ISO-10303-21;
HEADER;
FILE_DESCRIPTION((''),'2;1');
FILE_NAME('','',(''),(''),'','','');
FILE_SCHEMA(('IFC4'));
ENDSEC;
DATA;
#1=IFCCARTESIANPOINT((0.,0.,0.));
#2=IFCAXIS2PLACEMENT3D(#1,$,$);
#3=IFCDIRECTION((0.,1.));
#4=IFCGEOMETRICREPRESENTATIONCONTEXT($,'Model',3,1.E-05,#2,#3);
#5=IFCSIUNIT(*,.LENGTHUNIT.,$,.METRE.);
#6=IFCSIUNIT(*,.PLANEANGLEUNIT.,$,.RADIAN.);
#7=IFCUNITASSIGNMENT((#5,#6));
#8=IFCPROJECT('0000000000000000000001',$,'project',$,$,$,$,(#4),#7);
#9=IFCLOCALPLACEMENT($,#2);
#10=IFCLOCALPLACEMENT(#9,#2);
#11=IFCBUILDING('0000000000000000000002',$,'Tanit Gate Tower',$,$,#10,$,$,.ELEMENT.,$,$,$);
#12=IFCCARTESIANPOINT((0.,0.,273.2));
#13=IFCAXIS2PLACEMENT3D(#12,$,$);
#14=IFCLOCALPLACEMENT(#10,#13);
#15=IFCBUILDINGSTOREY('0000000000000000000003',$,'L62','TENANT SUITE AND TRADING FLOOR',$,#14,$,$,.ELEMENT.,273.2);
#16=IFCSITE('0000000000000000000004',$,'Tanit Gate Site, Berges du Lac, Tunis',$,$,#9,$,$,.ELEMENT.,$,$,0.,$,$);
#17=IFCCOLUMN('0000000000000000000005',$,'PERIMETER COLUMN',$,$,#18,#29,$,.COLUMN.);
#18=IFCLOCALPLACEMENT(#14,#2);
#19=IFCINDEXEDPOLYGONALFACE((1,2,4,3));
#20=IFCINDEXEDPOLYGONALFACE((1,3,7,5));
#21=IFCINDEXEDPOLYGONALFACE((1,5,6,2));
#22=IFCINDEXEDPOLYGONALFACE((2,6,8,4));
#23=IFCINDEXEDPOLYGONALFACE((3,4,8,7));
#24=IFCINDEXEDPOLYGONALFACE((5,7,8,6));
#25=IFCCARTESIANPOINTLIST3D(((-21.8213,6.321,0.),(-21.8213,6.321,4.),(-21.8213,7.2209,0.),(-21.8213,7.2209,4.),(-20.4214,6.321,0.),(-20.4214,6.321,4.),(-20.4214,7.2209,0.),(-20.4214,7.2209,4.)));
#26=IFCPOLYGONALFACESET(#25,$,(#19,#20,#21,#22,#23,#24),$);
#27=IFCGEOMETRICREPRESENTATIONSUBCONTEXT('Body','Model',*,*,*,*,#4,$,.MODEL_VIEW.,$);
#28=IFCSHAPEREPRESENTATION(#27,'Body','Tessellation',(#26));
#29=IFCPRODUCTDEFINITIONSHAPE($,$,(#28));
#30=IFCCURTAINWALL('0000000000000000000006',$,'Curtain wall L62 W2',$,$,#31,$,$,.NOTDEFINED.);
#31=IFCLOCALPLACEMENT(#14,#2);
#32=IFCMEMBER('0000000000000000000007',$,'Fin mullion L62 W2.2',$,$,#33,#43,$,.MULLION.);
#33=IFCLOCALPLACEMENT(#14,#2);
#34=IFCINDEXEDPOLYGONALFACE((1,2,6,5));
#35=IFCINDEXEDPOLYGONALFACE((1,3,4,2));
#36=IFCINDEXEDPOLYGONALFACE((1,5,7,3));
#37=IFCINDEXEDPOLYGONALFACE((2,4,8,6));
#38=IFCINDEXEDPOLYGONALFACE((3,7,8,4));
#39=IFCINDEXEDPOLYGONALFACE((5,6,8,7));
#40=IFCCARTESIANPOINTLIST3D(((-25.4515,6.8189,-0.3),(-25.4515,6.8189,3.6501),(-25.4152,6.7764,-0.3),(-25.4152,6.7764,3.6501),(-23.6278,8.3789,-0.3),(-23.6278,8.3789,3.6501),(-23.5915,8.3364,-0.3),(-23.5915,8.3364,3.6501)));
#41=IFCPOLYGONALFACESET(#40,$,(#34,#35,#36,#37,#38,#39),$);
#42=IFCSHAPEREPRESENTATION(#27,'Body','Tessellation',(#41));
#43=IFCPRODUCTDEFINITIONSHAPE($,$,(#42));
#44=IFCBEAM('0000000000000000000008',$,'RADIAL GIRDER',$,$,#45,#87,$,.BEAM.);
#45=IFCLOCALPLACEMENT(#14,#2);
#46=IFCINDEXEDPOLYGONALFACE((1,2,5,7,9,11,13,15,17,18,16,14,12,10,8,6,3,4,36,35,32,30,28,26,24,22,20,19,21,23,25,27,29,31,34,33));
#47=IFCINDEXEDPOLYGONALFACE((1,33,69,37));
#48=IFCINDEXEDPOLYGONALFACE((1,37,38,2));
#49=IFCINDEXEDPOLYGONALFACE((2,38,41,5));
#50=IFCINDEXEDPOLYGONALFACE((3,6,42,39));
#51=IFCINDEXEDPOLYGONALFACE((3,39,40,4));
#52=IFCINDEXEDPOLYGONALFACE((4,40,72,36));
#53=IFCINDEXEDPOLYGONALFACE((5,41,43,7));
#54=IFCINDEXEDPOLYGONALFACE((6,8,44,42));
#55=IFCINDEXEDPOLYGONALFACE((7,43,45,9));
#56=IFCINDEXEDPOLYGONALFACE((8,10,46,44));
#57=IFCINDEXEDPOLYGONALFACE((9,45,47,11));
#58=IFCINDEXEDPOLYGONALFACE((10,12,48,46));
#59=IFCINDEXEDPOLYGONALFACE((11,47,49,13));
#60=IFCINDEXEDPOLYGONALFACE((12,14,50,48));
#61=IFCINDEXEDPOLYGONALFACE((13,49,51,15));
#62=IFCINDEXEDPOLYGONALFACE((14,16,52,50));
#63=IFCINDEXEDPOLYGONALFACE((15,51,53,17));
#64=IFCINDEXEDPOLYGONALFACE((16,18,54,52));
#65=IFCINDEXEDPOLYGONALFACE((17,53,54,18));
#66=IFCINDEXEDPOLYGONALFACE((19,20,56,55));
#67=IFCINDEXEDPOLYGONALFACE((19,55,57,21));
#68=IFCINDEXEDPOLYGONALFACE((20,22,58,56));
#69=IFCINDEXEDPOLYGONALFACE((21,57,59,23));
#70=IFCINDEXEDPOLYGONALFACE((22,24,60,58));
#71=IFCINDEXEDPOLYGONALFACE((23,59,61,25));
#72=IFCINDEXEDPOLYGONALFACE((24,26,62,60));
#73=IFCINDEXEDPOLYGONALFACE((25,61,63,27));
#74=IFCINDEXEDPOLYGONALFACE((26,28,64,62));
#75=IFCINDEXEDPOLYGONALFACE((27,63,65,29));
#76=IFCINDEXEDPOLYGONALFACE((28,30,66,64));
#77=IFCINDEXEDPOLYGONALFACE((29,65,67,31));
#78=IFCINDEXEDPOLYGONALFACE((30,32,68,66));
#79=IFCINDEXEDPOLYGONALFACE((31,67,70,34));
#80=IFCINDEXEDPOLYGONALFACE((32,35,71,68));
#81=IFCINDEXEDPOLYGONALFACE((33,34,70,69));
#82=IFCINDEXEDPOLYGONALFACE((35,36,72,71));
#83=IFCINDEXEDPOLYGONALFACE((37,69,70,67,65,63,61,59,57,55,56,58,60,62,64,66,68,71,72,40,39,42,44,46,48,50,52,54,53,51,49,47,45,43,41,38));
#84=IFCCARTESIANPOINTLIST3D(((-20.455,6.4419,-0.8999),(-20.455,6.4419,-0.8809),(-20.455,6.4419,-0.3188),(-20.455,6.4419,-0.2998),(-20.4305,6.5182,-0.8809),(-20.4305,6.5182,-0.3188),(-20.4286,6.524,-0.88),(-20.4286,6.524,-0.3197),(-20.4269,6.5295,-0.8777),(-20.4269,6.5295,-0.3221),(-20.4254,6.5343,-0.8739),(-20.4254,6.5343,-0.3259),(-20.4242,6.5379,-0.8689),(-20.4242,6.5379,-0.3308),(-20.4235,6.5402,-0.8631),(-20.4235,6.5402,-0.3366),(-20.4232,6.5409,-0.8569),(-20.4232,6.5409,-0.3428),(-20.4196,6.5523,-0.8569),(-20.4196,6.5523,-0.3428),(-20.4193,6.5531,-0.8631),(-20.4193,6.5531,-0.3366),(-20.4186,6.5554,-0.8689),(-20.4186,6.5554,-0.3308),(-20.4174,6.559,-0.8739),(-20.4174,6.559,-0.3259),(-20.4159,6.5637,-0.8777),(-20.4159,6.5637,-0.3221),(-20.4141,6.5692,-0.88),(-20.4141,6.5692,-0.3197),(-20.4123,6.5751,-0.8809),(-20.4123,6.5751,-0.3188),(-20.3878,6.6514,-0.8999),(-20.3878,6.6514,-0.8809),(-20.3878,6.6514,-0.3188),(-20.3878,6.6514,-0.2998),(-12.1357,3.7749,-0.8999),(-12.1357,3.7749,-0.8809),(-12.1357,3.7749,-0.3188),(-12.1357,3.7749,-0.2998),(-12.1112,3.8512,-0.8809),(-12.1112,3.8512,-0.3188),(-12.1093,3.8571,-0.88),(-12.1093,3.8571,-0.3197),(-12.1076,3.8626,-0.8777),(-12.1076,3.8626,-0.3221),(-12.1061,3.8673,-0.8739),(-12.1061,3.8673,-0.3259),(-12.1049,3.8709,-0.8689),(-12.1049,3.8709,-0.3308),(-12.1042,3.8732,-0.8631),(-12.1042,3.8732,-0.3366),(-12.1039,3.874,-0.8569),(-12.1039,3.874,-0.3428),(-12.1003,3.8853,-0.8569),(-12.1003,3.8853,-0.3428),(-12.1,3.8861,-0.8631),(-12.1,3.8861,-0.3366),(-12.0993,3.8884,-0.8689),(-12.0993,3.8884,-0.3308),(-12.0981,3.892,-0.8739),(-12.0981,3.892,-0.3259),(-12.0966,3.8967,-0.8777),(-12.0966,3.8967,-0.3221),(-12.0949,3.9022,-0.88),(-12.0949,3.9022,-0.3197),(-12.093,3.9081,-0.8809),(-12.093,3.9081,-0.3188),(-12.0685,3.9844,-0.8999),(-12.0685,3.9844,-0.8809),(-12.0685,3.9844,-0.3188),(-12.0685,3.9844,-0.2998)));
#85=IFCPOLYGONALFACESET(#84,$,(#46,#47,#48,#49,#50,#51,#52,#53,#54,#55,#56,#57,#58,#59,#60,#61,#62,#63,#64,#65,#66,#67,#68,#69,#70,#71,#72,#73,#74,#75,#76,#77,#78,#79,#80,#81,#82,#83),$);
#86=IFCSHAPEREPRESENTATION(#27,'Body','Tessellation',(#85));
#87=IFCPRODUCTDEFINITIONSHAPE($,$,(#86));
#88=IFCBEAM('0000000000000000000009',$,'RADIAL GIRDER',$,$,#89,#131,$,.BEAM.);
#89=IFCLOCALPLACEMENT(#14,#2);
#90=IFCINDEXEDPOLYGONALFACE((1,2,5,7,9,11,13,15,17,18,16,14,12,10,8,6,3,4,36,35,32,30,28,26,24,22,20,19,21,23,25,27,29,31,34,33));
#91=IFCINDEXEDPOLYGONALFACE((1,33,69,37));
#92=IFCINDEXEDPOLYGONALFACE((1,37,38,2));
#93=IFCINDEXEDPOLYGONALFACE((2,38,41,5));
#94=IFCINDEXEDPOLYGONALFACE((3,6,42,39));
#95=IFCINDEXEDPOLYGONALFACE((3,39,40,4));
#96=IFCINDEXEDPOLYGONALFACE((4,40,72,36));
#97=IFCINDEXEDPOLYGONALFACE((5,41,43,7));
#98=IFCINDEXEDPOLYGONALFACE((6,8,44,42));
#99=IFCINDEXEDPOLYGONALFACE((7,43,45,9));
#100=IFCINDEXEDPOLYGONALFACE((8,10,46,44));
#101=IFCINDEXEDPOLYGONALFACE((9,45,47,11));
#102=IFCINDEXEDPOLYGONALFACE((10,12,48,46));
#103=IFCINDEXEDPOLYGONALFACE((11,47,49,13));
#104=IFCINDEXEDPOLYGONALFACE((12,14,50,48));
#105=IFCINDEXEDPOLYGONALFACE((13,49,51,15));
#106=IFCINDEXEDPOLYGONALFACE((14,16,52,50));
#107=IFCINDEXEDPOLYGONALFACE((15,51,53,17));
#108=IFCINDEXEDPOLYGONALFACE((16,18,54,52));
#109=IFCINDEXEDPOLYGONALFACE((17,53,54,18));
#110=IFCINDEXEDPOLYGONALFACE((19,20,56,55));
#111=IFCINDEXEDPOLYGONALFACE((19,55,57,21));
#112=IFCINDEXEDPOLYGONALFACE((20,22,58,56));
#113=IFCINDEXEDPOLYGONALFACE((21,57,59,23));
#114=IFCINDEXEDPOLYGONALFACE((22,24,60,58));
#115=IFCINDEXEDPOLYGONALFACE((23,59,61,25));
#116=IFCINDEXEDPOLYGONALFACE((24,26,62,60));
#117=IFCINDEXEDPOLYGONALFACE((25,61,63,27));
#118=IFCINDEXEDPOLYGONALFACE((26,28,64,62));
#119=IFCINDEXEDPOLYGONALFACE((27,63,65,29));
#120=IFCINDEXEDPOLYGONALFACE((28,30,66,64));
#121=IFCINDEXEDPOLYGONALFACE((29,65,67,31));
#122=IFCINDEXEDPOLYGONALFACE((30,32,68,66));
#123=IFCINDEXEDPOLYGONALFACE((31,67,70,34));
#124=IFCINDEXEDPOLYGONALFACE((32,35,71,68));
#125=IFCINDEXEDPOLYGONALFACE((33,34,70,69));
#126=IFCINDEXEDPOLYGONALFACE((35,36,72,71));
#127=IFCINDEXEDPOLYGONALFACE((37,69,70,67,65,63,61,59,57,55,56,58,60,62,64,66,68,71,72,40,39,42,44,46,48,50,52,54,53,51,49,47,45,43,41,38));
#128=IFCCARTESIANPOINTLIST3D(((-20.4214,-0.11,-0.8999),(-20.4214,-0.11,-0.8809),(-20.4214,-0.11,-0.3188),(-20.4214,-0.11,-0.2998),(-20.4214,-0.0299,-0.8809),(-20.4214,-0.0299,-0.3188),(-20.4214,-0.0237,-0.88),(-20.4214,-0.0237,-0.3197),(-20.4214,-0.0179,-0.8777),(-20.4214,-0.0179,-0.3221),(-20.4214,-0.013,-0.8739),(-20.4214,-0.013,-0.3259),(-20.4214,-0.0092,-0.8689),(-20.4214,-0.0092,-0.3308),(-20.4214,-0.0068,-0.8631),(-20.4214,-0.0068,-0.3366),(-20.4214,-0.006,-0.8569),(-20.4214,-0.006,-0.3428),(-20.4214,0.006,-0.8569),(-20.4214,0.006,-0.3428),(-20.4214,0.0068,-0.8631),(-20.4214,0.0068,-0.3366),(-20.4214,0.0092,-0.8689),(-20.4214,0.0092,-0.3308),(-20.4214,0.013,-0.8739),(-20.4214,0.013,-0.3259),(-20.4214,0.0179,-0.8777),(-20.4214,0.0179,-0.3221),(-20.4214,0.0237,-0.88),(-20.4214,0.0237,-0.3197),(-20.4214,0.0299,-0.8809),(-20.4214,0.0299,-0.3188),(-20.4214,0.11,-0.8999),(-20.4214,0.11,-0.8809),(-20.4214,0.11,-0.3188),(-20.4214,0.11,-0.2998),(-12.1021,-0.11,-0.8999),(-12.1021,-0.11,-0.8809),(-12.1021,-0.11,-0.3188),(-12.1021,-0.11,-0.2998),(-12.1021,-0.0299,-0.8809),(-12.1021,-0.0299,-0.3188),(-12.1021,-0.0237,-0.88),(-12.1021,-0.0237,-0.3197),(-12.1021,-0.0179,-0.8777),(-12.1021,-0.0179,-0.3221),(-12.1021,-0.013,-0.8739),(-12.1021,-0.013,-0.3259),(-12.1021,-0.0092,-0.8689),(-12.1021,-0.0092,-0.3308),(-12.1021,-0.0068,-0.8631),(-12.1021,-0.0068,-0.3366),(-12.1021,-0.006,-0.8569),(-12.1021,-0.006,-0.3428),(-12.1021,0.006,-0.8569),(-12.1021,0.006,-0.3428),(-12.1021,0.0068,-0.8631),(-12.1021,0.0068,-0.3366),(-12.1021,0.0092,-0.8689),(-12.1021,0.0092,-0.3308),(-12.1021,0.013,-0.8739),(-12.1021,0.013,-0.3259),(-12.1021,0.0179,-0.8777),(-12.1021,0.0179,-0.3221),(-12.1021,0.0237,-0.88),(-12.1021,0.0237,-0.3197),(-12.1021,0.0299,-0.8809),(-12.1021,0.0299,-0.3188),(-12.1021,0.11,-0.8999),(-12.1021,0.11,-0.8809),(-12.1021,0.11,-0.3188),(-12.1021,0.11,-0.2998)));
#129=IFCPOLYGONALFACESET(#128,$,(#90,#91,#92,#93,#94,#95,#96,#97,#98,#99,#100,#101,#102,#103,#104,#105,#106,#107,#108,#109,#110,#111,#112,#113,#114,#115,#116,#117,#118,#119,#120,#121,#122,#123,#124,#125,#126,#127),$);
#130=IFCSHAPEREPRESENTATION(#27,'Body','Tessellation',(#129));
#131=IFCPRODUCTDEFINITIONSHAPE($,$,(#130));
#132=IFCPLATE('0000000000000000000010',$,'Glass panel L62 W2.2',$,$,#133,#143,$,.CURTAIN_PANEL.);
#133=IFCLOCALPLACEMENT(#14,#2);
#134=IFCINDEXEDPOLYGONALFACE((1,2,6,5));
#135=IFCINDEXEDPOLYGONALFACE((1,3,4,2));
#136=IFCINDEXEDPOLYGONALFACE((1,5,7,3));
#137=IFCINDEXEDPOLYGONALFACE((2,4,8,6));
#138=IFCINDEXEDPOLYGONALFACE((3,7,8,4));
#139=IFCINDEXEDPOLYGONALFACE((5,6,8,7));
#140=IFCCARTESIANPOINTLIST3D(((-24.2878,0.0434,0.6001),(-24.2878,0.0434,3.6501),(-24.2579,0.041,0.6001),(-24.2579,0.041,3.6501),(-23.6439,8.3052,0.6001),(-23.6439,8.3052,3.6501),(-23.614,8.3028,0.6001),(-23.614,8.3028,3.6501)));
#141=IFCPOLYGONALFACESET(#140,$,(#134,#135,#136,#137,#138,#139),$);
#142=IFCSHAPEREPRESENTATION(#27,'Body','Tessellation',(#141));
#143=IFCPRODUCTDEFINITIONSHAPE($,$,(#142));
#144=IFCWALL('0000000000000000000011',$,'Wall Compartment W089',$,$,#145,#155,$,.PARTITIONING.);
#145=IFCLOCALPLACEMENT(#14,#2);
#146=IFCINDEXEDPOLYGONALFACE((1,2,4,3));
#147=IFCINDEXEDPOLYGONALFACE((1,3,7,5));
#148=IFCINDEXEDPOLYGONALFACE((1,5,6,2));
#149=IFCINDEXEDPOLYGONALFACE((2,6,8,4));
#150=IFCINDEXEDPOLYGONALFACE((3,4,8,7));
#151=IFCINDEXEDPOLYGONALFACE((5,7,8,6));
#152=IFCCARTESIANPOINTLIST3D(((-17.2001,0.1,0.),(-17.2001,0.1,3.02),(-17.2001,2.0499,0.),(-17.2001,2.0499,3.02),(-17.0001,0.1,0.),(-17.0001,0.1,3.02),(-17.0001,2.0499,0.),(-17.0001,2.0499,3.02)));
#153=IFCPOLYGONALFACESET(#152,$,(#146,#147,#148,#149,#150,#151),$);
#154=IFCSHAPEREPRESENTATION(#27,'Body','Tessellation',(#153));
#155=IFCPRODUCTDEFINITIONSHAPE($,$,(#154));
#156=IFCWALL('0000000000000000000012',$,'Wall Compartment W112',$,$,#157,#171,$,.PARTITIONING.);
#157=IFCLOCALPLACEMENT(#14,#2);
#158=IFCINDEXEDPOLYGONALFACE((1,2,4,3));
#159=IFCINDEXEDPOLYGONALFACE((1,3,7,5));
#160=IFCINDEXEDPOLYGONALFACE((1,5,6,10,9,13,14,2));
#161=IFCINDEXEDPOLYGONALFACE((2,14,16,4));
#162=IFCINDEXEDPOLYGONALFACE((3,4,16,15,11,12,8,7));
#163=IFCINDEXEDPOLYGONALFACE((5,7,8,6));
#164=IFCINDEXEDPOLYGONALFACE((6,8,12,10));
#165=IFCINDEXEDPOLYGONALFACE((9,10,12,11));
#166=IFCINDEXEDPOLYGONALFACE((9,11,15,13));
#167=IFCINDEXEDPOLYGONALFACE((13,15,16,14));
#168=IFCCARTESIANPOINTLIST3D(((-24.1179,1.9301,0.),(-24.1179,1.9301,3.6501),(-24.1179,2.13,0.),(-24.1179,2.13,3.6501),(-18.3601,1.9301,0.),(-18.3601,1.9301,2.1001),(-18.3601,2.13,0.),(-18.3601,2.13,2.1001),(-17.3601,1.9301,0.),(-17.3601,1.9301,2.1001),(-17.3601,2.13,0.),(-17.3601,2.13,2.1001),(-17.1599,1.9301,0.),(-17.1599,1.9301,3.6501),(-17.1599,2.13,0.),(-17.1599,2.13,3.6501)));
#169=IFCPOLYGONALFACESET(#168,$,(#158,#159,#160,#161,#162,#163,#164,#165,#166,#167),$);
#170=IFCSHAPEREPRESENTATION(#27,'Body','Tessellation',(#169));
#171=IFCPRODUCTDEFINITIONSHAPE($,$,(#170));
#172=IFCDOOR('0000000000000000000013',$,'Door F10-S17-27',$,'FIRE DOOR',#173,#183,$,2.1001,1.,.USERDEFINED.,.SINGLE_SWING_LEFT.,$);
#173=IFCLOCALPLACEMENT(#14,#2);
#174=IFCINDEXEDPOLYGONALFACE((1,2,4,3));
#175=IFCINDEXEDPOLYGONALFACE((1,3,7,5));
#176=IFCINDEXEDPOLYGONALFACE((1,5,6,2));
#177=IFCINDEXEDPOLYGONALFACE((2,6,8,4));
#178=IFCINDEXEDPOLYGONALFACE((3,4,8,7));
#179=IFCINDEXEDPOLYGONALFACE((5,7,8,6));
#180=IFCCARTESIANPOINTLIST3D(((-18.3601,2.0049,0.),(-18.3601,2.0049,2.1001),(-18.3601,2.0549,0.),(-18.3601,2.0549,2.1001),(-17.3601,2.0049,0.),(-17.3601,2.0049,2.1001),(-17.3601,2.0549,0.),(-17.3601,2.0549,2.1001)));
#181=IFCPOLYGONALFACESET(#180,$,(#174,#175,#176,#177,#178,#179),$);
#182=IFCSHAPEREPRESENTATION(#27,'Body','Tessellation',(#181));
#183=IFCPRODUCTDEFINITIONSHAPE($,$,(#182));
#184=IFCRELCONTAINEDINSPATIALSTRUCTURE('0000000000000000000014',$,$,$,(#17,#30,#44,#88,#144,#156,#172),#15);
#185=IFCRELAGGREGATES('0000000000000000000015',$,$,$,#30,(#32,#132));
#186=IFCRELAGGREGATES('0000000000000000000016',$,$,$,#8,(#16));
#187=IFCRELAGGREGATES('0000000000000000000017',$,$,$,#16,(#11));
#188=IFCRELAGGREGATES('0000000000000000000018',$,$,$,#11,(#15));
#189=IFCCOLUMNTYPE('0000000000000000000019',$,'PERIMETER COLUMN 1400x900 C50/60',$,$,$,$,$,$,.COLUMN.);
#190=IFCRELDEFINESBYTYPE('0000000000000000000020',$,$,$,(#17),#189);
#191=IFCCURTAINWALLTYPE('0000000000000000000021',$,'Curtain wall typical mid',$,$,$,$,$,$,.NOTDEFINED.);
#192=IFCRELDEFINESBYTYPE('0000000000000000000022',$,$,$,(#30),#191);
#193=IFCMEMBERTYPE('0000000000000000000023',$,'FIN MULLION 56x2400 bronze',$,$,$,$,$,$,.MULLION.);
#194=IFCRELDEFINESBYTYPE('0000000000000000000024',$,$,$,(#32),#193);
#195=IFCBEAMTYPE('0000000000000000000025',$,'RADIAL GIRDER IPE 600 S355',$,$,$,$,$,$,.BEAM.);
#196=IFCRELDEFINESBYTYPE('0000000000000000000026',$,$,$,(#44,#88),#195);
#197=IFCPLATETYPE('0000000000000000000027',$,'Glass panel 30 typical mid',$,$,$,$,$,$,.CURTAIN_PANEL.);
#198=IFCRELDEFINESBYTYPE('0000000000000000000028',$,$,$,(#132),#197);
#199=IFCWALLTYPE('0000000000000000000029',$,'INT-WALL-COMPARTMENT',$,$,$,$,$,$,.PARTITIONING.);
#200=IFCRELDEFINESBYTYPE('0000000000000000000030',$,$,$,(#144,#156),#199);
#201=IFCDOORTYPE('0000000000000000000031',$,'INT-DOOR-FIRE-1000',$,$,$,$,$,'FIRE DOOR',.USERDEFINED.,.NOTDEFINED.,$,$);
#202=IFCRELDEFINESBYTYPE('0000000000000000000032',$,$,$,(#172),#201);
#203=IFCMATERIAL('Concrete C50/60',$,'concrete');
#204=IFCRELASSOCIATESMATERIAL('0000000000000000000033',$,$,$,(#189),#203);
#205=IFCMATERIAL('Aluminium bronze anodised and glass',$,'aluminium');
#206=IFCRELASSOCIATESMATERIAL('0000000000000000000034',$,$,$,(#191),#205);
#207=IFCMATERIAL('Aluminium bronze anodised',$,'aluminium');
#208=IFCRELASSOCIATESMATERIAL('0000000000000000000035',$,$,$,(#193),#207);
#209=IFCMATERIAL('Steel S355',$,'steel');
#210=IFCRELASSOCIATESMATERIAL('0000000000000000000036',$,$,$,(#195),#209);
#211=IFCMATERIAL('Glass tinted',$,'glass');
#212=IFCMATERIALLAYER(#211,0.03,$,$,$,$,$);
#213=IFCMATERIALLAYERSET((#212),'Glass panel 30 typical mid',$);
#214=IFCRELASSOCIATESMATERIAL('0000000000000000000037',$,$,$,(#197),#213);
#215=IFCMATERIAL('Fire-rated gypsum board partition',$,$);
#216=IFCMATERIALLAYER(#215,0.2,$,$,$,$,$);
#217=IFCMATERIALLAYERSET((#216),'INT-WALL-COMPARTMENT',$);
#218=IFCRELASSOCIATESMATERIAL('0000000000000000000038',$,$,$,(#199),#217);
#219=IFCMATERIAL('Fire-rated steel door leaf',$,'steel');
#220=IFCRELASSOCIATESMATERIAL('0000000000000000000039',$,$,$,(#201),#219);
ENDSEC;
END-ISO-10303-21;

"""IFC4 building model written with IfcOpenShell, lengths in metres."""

from ifc_helpers import new_model, si_unit, direction, frame, frame_2d, origin, origin_2d, place, context, subcontext, project, spatial, rectangle, i_section, extrude, material, layer, layer_set, material_profile, profile_set, type_object, element, fill, aggregate, save


model = new_model("IFC4")

# Units and contexts
model_context = context("Model", 3, precision=1e-05, world=origin(), true_north=direction((0.0, 1.0)))
body_context = subcontext(model_context, "Body", "Model", "MODEL_VIEW")
ifc_project = project(units=[si_unit("LENGTHUNIT", "METRE"), si_unit("PLANEANGLEUNIT", "RADIAN")], contexts=[model_context])

# Site, building, storey
site_placement = place(None, origin())
site = spatial("IfcSite", under=ifc_project, at=site_placement, Name="Tanit Gate Site, Berges du Lac, Tunis", CompositionType="ELEMENT", RefElevation=0.0)
building_placement = place(site_placement, origin())
building = spatial("IfcBuilding", under=site, at=building_placement, Name="Tanit Gate Tower", CompositionType="ELEMENT")
storey_placement = place(building_placement, frame((0.0, 0.0, 273.2)))
storey = spatial("IfcBuildingStorey", under=building, at=storey_placement, Name="L62", Description="TENANT SUITE AND TRADING FLOOR", CompositionType="ELEMENT", Elevation=273.2)

# Column
ifc_material_1 = material(Name="Concrete C50/60", Category="concrete")
ifc_material_profile_1 = material_profile(ifc_material_1, rectangle(XDim=1.3999, YDim=0.8999, at=origin_2d()), Name="RC 1400x900")
ifc_profile_set_1 = profile_set([ifc_material_profile_1], Name="Concrete C50/60")
column_type = type_object("IfcColumnType", Name="PERIMETER COLUMN 1400x900 C50/60", PredefinedType="COLUMN", material=ifc_profile_set_1)
column_placement = place(storey_placement, frame((-21.1213, 6.771, 0.0), z_axis=(0.0, 0.0, 1.0), x_axis=(-1.0, 0.0, 0.0)))
element("IfcColumn", 1, at=column_placement, inside=storey, type_object=column_type, Name="PERIMETER COLUMN", PredefinedType="COLUMN", context=body_context, shape_type="SweptSolid", body=[
    extrude(rectangle(XDim=1.3999, YDim=0.8999, at=origin_2d()), origin(), (0.0, 0.0, 1.0), 4.0),
])

# Curtain wall, member
ifc_material_2 = material(Name="Aluminium bronze anodised and glass", Category="aluminium")
curtain_wall_type = type_object("IfcCurtainWallType", Name="Curtain wall typical mid", PredefinedType="NOTDEFINED", material=ifc_material_2)
curtain_wall_placement = place(storey_placement, origin())
curtain_wall = element("IfcCurtainWall", 2, at=curtain_wall_placement, inside=storey, type_object=curtain_wall_type, Name="Curtain wall L62 W2", PredefinedType="NOTDEFINED")
ifc_material_3 = material(Name="Aluminium bronze anodised", Category="aluminium")
ifc_material_profile_2 = material_profile(ifc_material_3, rectangle(XDim=2.3999, YDim=0.0559, at=origin_2d()), Name="56x2400 bronze fin mullion")
ifc_profile_set_2 = profile_set([ifc_material_profile_2], Name="Aluminium bronze anodised")
member_type = type_object("IfcMemberType", Name="FIN MULLION 56x2400 bronze", PredefinedType="MULLION", material=ifc_profile_set_2)
member_placement = place(storey_placement, frame((-24.5215, 7.5776, -0.3), z_axis=(0.0, 0.0, 1.0), x_axis=(0.759912, 0.650026, 0.0)))
member = element("IfcMember", 3, at=member_placement, type_object=member_type, Name="Fin mullion L62 W2.2", PredefinedType="MULLION", context=body_context, shape_type="SweptSolid", body=[
    extrude(rectangle(XDim=2.3999, YDim=0.0559, at=origin_2d()), origin(), (0.0, 0.0, 1.0), 3.9502),
])

# Beams
ifc_material_4 = material(Name="Steel S355", Category="steel")
ifc_material_profile_3 = material_profile(ifc_material_4, i_section(OverallWidth=0.22, OverallDepth=0.6001, WebThickness=0.012, FlangeThickness=0.019, FilletRadius=0.0239, at=origin_2d()), Name="IPE 600")
ifc_profile_set_3 = profile_set([ifc_material_profile_3], Name="Steel S355")
beam_type = type_object("IfcBeamType", Name="RADIAL GIRDER IPE 600 S355", PredefinedType="BEAM", material=ifc_profile_set_3)
beam_1_placement = place(storey_placement, frame((-20.4214, 6.5466, -0.5999), z_axis=(0.952264, -0.305275, 0.0), x_axis=(0.305275, 0.952264, 0.0)))
element("IfcBeam", 4, at=beam_1_placement, inside=storey, type_object=beam_type, Name="RADIAL GIRDER", PredefinedType="BEAM", context=body_context, shape_type="SweptSolid", body=[
    extrude(i_section(OverallWidth=0.22, OverallDepth=0.6001, WebThickness=0.012, FlangeThickness=0.019, FilletRadius=0.0239, at=origin_2d()), origin(), (0.0, 0.0, 1.0), 8.7363),
])
beam_2_placement = place(storey_placement, frame((-20.4214, 0.0, -0.5999), z_axis=(1.0, 0.0, 0.0), x_axis=(0.0, 1.0, 0.0)))
element("IfcBeam", 5, at=beam_2_placement, inside=storey, type_object=beam_type, Name="RADIAL GIRDER", PredefinedType="BEAM", context=body_context, shape_type="SweptSolid", body=[
    extrude(i_section(OverallWidth=0.22, OverallDepth=0.6001, WebThickness=0.012, FlangeThickness=0.019, FilletRadius=0.0239, at=origin_2d()), origin(), (0.0, 0.0, 1.0), 8.3193),
])

# Plate
ifc_material_5 = material(Name="Glass tinted", Category="glass")
ifc_layer_1 = layer(ifc_material_5, 0.03)
ifc_layer_set_1 = layer_set([ifc_layer_1], Name="Glass panel 30 typical mid")
plate_type = type_object("IfcPlateType", Name="Glass panel 30 typical mid", PredefinedType="CURTAIN_PANEL", material=ifc_layer_set_1)
plate_placement = place(storey_placement, frame((-23.9509, 4.1731, 0.6001), z_axis=(0.0, 0.0, 1.0), x_axis=(-0.077701, -0.996977, 0.0)))
plate = element("IfcPlate", 6, at=plate_placement, type_object=plate_type, Name="Glass panel L62 W2.2", PredefinedType="CURTAIN_PANEL", context=body_context, shape_type="SweptSolid", body=[
    extrude(rectangle(XDim=8.2869, YDim=0.03, at=origin_2d()), origin(), (0.0, 0.0, 1.0), 3.05),
])
aggregate(curtain_wall, [member, plate])

# Wall
ifc_material_6 = material(Name="Fire-rated gypsum board partition")
ifc_layer_2 = layer(ifc_material_6, 0.2)
ifc_layer_set_2 = layer_set([ifc_layer_2], Name="INT-WALL-COMPARTMENT")
wall_type_1 = type_object("IfcWallType", Name="INT-WALL-COMPARTMENT", PredefinedType="PARTITIONING", material=ifc_layer_set_2)
wall_1_placement = place(storey_placement, frame((-17.1001, 2.05, 0.0), z_axis=(0.0, 0.0, 1.0), x_axis=(0.0, -1.0, 0.0)))
element("IfcWall", 7, at=wall_1_placement, inside=storey, type_object=wall_type_1, Name="Wall Compartment W089", PredefinedType="PARTITIONING", context=body_context, shape_type="SweptSolid", body=[
    extrude(rectangle(XDim=1.95, YDim=0.2, at=frame_2d((0.9751, 0.0))), origin(), (0.0, 0.0, 1.0), 3.02),
])

# Wall, opening, door
wall_2_placement = place(storey_placement, frame((-24.1179, 2.03, 0.0), z_axis=(0.0, 0.0, 1.0), x_axis=(1.0, 0.0, 0.0)))
wall_2 = element("IfcWall", 8, at=wall_2_placement, inside=storey, type_object=wall_type_1, Name="Wall Compartment W112", PredefinedType="PARTITIONING", context=body_context, shape_type="SweptSolid", body=[
    extrude(rectangle(XDim=6.958, YDim=0.2, at=frame_2d((3.479, 0.0))), origin(), (0.0, 0.0, 1.0), 3.6501),
])
opening_1_placement = place(wall_2_placement, frame((5.7578, 0.0, 0.0)))
opening_1 = element("IfcOpeningElement", 9, at=opening_1_placement, cuts=wall_2, PredefinedType="OPENING", context=body_context, shape_type="SweptSolid", body=[
    extrude(rectangle(XDim=1.0, YDim=2.1001, at=frame_2d((0.5, 1.05))), frame((0.0, 0.1099, 0.0), z_axis=(0.0, -1.0, 0.0), x_axis=(1.0, 0.0, 0.0)), (0.0, 0.0, 1.0), 0.22),
])
ifc_material_7 = material(Name="Fire-rated steel door leaf", Category="steel")
door_type_1 = type_object("IfcDoorType", Name="INT-DOOR-FIRE-1000", ElementType="FIRE DOOR", OperationType="NOTDEFINED", PredefinedType="USERDEFINED", material=ifc_material_7)
door_1_placement = place(opening_1_placement, origin())
door_1 = element("IfcDoor", 10, at=door_1_placement, inside=storey, type_object=door_type_1, Name="Door F10-S17-27", ObjectType="FIRE DOOR", OperationType="SINGLE_SWING_LEFT", OverallHeight=2.1001, OverallWidth=1.0, PredefinedType="USERDEFINED", context=body_context, shape_type="SweptSolid", body=[
    extrude(rectangle(XDim=1.0, YDim=2.1001, at=frame_2d((0.5, 1.05))), frame((0.0, 0.0249, 0.0), z_axis=(0.0, -1.0, 0.0), x_axis=(1.0, 0.0, 0.0)), (0.0, 0.0, 1.0), 0.05),
])
fill(opening_1, door_1)

save(model, "model.ifc")
